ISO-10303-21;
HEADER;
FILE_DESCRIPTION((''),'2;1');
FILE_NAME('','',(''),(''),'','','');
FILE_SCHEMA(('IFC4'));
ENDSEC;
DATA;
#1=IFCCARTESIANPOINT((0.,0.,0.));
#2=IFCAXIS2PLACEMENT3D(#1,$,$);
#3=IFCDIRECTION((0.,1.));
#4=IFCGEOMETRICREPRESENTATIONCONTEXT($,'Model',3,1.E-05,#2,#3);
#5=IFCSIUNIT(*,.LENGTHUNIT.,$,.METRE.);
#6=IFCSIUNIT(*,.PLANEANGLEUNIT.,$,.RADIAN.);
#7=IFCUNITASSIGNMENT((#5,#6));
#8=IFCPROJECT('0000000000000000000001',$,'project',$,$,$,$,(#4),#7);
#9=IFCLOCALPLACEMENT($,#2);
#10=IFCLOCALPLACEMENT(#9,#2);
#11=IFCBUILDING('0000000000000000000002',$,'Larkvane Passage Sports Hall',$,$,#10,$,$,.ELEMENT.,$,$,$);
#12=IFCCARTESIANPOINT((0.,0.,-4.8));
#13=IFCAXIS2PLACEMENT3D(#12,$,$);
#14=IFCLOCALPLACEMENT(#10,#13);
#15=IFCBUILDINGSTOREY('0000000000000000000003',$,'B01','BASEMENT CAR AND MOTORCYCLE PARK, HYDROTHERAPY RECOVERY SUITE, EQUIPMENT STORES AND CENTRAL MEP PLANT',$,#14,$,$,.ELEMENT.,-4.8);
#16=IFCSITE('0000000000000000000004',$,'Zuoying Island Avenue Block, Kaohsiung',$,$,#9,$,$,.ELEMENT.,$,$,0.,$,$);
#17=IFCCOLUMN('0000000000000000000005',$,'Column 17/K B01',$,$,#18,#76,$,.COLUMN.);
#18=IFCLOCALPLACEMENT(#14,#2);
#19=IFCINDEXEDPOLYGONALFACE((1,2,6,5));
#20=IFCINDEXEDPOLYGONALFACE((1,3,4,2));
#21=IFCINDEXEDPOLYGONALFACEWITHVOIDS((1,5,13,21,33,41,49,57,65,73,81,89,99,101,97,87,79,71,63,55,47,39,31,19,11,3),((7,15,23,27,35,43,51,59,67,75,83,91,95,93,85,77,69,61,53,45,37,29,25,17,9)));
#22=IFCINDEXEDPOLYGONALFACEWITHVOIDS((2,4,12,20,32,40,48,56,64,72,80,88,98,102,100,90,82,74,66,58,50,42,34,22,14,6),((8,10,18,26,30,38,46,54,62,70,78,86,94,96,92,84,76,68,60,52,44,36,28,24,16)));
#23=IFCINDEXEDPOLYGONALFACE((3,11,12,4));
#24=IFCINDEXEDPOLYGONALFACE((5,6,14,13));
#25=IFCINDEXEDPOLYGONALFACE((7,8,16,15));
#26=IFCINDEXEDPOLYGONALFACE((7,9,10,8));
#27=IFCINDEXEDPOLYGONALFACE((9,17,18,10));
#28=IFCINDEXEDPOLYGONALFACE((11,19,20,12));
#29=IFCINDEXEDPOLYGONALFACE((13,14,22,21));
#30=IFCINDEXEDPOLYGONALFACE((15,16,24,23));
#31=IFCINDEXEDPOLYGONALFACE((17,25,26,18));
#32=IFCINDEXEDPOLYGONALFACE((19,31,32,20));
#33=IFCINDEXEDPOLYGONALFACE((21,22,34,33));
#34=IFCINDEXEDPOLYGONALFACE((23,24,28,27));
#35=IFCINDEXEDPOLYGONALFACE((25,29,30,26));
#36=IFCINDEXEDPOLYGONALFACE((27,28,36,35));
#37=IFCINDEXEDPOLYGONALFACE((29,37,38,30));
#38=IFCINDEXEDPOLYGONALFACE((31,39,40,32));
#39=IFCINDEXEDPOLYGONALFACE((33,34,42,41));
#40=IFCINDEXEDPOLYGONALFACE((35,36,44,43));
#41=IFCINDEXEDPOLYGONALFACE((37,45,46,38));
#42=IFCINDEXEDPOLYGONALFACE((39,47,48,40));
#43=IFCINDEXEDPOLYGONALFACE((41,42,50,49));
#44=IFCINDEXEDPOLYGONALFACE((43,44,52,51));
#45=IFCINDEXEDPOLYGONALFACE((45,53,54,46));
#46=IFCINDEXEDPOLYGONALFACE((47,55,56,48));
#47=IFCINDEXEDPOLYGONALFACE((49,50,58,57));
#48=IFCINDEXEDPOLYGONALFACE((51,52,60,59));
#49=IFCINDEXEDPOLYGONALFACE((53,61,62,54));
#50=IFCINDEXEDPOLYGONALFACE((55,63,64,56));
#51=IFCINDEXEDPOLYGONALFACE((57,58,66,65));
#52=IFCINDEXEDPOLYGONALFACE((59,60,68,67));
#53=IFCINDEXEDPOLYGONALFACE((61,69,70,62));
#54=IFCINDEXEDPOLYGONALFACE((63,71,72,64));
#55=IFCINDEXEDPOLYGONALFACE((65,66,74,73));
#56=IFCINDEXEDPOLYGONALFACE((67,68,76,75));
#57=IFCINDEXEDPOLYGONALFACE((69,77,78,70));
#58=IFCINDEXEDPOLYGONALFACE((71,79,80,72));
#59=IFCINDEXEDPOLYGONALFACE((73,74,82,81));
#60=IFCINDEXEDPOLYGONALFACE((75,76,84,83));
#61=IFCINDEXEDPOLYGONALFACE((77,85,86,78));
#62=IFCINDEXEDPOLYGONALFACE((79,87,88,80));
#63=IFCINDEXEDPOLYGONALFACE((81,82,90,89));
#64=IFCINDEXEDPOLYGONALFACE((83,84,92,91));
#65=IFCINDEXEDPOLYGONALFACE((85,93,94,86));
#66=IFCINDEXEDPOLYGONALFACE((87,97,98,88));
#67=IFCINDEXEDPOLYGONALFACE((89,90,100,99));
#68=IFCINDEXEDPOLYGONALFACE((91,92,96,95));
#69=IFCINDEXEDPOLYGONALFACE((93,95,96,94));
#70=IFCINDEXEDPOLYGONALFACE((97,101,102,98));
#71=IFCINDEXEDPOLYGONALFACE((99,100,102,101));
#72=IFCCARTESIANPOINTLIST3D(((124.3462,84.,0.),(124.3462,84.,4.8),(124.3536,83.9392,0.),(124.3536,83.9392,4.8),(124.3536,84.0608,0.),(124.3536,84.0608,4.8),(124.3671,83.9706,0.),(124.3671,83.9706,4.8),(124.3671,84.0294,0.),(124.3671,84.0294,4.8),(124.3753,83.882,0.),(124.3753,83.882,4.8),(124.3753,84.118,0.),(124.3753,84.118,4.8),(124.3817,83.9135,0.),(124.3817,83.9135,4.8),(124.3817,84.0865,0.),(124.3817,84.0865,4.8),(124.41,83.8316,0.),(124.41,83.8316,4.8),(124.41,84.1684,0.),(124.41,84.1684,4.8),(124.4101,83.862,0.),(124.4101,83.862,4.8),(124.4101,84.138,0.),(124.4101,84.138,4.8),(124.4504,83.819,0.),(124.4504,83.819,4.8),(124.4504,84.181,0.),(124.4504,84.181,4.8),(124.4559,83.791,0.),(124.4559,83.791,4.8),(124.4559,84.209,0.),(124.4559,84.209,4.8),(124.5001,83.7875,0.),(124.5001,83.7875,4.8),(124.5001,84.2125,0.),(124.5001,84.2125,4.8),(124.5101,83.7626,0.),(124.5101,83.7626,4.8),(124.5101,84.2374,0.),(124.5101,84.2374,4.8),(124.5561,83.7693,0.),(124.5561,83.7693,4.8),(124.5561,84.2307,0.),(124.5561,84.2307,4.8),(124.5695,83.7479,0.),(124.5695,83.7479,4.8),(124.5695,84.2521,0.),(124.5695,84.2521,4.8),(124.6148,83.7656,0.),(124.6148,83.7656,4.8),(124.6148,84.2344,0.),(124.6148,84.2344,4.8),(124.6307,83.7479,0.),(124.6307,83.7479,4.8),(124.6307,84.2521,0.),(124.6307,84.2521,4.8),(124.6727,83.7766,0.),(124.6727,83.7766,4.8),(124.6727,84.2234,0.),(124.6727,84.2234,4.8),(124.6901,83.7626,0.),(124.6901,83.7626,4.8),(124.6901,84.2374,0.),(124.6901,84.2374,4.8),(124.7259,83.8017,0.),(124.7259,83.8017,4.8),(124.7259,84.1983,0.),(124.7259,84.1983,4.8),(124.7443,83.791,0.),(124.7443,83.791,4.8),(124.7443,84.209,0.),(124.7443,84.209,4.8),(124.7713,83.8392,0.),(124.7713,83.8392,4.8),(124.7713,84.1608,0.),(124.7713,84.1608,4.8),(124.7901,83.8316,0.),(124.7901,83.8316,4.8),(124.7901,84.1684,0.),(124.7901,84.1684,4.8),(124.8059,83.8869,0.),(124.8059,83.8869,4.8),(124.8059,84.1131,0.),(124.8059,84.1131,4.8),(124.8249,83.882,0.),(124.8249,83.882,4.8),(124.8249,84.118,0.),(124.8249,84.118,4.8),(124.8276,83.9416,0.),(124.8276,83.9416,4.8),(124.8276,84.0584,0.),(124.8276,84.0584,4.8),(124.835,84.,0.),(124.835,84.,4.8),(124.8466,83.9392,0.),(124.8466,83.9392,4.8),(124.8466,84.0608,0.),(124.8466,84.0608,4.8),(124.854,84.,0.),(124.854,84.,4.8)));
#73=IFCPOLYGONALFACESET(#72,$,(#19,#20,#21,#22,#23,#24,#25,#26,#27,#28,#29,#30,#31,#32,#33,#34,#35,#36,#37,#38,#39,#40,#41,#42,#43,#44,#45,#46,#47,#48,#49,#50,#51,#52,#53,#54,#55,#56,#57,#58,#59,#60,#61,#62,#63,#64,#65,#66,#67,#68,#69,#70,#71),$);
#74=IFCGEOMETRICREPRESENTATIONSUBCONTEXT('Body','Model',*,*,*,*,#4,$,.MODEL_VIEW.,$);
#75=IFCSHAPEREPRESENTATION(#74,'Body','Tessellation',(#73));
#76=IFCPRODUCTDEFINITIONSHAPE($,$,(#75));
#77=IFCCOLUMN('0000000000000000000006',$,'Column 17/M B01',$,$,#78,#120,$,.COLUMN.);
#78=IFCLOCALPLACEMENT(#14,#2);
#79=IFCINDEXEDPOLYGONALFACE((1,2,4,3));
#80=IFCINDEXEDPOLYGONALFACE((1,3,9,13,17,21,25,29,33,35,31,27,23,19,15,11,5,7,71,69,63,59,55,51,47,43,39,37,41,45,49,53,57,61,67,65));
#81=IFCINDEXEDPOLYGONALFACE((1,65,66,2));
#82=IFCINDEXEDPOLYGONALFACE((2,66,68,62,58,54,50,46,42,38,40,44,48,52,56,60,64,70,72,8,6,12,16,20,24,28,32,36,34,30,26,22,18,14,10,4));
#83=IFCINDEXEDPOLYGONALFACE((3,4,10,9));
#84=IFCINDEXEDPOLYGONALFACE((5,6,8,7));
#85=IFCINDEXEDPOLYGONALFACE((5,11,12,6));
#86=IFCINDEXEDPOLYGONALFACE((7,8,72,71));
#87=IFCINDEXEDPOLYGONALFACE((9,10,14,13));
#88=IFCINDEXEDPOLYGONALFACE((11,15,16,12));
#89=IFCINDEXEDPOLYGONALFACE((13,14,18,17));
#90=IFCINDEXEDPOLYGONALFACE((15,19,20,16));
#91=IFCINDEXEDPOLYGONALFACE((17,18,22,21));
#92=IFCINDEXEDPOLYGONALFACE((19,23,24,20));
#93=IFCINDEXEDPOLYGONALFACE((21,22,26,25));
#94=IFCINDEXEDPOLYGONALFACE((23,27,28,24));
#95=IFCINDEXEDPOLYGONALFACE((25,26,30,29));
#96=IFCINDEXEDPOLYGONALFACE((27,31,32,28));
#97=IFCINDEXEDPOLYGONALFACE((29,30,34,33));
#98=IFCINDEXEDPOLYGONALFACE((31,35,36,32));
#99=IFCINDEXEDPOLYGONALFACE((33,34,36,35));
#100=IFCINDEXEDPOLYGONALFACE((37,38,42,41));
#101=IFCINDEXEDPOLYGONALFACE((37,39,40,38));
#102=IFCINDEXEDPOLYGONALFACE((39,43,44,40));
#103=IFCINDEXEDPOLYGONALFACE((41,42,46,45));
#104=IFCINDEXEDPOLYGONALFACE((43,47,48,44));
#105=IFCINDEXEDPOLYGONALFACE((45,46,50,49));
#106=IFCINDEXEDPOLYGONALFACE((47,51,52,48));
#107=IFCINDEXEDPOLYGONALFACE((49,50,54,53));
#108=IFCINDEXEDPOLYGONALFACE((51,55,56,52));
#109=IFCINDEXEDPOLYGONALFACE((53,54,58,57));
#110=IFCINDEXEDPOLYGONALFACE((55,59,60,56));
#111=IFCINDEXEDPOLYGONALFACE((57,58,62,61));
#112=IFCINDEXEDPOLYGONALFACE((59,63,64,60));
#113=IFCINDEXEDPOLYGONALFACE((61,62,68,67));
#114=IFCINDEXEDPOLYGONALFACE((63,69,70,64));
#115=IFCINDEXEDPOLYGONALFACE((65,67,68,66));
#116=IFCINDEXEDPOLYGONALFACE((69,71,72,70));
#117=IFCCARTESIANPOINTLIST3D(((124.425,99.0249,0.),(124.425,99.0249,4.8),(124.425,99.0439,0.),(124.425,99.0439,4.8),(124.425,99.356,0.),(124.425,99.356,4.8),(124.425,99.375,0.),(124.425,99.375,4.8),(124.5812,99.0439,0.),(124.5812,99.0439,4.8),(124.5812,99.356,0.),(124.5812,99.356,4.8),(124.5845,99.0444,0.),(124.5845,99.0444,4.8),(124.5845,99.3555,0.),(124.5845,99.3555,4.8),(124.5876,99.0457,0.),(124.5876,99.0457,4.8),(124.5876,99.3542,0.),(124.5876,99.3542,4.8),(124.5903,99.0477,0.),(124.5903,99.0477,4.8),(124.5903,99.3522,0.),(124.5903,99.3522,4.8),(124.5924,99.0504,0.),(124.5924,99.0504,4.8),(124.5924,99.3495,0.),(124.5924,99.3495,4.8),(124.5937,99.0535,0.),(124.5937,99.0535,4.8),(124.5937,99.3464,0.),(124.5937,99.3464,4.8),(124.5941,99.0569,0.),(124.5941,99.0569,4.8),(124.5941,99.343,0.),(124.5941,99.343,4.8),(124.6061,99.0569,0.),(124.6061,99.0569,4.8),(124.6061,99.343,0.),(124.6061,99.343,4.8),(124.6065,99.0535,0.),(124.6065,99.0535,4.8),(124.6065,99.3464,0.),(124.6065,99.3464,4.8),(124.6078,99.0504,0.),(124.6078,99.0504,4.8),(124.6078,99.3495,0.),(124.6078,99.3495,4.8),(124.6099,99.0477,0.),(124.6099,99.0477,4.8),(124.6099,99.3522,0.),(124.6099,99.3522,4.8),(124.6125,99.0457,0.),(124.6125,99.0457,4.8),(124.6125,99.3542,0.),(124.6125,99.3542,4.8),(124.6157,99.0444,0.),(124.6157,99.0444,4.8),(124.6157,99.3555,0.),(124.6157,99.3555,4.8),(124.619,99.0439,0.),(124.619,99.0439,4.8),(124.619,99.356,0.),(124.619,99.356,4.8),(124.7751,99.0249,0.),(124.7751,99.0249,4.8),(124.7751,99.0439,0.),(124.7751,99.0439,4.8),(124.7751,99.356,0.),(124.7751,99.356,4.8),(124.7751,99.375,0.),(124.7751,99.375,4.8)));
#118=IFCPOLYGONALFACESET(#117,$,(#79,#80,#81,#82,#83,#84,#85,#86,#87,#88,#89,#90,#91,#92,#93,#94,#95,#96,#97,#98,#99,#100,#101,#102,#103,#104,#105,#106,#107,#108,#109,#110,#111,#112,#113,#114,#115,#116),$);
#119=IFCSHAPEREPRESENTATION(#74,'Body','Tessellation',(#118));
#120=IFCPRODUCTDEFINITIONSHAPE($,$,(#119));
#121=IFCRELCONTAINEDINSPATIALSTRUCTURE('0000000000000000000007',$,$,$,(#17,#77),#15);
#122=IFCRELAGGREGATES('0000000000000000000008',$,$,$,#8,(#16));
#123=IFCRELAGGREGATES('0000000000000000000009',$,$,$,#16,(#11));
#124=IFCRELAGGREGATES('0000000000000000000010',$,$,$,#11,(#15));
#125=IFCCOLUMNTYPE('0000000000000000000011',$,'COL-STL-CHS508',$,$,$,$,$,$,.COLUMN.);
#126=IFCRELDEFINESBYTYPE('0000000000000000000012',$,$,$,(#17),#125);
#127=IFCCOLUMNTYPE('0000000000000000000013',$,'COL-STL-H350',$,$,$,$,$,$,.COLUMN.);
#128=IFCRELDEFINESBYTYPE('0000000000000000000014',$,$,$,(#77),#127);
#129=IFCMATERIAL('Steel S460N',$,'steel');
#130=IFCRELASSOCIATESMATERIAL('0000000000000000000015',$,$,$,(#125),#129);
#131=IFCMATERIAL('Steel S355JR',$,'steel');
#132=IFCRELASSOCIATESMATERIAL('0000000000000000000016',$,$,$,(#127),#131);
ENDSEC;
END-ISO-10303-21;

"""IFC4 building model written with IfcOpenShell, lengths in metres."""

from ifc_helpers import new_model, si_unit, direction, frame, origin, origin_2d, place, context, subcontext, project, spatial, hollow_circle, i_section, extrude, material, material_profile, profile_set, type_object, element, save


model = new_model("IFC4")

# Units and contexts
model_context = context("Model", 3, precision=1e-05, world=origin(), true_north=direction((0.0, 1.0)))
body_context = subcontext(model_context, "Body", "Model", "MODEL_VIEW")
ifc_project = project(units=[si_unit("LENGTHUNIT", "METRE"), si_unit("PLANEANGLEUNIT", "RADIAN")], contexts=[model_context])

# Site, building, storey
site_placement = place(None, origin())
site = spatial("IfcSite", under=ifc_project, at=site_placement, Name="Zuoying Island Avenue Block, Kaohsiung", CompositionType="ELEMENT", RefElevation=0.0)
building_placement = place(site_placement, origin())
building = spatial("IfcBuilding", under=site, at=building_placement, Name="Larkvane Passage Sports Hall", CompositionType="ELEMENT")
storey_placement = place(building_placement, frame((0.0, 0.0, -4.8)))
storey = spatial("IfcBuildingStorey", under=building, at=storey_placement, Name="B01", Description="BASEMENT CAR AND MOTORCYCLE PARK, HYDROTHERAPY RECOVERY SUITE, EQUIPMENT STORES AND CENTRAL MEP PLANT", CompositionType="ELEMENT", Elevation=-4.8)

# Columns
ifc_material_1 = material(Name="Steel S460N", Category="steel")
ifc_material_profile_1 = material_profile(ifc_material_1, hollow_circle(Radius=0.2539, WallThickness=0.019, at=origin_2d()), Name="CHS-508.0x19.0")
ifc_profile_set_1 = profile_set([ifc_material_profile_1], Name="Steel S460N")
column_type_1 = type_object("IfcColumnType", Name="COL-STL-CHS508", PredefinedType="COLUMN", material=ifc_profile_set_1)
column_1_placement = place(storey_placement, frame((124.6001, 84.0, 0.0), z_axis=(0.0, 0.0, 1.0), x_axis=(1.0, 0.0, 0.0)))
element("IfcColumn", 1, at=column_1_placement, inside=storey, type_object=column_type_1, Name="Column 17/K B01", PredefinedType="COLUMN", context=body_context, shape_type="SweptSolid", body=[
    extrude(hollow_circle(Radius=0.2539, WallThickness=0.019, at=origin_2d()), origin(), (0.0, 0.0, 1.0), 4.8),
])
ifc_material_2 = material(Name="Steel S355JR", Category="steel")
ifc_material_profile_2 = material_profile(ifc_material_2, i_section(OverallWidth=0.3501, OverallDepth=0.3501, WebThickness=0.012, FlangeThickness=0.019, FilletRadius=0.0129, at=origin_2d()), Name="H-350x350x12x19")
ifc_profile_set_2 = profile_set([ifc_material_profile_2], Name="Steel S355JR")
column_type_2 = type_object("IfcColumnType", Name="COL-STL-H350", PredefinedType="COLUMN", material=ifc_profile_set_2)
column_2_placement = place(storey_placement, frame((124.6001, 99.2, 0.0), z_axis=(0.0, 0.0, 1.0), x_axis=(1.0, 0.0, 0.0)))
element("IfcColumn", 2, at=column_2_placement, inside=storey, type_object=column_type_2, Name="Column 17/M B01", PredefinedType="COLUMN", context=body_context, shape_type="SweptSolid", body=[
    extrude(i_section(OverallWidth=0.3501, OverallDepth=0.3501, WebThickness=0.012, FlangeThickness=0.019, FilletRadius=0.0129, at=origin_2d()), origin(), (0.0, 0.0, 1.0), 4.8),
])

save(model, "model.ifc")
